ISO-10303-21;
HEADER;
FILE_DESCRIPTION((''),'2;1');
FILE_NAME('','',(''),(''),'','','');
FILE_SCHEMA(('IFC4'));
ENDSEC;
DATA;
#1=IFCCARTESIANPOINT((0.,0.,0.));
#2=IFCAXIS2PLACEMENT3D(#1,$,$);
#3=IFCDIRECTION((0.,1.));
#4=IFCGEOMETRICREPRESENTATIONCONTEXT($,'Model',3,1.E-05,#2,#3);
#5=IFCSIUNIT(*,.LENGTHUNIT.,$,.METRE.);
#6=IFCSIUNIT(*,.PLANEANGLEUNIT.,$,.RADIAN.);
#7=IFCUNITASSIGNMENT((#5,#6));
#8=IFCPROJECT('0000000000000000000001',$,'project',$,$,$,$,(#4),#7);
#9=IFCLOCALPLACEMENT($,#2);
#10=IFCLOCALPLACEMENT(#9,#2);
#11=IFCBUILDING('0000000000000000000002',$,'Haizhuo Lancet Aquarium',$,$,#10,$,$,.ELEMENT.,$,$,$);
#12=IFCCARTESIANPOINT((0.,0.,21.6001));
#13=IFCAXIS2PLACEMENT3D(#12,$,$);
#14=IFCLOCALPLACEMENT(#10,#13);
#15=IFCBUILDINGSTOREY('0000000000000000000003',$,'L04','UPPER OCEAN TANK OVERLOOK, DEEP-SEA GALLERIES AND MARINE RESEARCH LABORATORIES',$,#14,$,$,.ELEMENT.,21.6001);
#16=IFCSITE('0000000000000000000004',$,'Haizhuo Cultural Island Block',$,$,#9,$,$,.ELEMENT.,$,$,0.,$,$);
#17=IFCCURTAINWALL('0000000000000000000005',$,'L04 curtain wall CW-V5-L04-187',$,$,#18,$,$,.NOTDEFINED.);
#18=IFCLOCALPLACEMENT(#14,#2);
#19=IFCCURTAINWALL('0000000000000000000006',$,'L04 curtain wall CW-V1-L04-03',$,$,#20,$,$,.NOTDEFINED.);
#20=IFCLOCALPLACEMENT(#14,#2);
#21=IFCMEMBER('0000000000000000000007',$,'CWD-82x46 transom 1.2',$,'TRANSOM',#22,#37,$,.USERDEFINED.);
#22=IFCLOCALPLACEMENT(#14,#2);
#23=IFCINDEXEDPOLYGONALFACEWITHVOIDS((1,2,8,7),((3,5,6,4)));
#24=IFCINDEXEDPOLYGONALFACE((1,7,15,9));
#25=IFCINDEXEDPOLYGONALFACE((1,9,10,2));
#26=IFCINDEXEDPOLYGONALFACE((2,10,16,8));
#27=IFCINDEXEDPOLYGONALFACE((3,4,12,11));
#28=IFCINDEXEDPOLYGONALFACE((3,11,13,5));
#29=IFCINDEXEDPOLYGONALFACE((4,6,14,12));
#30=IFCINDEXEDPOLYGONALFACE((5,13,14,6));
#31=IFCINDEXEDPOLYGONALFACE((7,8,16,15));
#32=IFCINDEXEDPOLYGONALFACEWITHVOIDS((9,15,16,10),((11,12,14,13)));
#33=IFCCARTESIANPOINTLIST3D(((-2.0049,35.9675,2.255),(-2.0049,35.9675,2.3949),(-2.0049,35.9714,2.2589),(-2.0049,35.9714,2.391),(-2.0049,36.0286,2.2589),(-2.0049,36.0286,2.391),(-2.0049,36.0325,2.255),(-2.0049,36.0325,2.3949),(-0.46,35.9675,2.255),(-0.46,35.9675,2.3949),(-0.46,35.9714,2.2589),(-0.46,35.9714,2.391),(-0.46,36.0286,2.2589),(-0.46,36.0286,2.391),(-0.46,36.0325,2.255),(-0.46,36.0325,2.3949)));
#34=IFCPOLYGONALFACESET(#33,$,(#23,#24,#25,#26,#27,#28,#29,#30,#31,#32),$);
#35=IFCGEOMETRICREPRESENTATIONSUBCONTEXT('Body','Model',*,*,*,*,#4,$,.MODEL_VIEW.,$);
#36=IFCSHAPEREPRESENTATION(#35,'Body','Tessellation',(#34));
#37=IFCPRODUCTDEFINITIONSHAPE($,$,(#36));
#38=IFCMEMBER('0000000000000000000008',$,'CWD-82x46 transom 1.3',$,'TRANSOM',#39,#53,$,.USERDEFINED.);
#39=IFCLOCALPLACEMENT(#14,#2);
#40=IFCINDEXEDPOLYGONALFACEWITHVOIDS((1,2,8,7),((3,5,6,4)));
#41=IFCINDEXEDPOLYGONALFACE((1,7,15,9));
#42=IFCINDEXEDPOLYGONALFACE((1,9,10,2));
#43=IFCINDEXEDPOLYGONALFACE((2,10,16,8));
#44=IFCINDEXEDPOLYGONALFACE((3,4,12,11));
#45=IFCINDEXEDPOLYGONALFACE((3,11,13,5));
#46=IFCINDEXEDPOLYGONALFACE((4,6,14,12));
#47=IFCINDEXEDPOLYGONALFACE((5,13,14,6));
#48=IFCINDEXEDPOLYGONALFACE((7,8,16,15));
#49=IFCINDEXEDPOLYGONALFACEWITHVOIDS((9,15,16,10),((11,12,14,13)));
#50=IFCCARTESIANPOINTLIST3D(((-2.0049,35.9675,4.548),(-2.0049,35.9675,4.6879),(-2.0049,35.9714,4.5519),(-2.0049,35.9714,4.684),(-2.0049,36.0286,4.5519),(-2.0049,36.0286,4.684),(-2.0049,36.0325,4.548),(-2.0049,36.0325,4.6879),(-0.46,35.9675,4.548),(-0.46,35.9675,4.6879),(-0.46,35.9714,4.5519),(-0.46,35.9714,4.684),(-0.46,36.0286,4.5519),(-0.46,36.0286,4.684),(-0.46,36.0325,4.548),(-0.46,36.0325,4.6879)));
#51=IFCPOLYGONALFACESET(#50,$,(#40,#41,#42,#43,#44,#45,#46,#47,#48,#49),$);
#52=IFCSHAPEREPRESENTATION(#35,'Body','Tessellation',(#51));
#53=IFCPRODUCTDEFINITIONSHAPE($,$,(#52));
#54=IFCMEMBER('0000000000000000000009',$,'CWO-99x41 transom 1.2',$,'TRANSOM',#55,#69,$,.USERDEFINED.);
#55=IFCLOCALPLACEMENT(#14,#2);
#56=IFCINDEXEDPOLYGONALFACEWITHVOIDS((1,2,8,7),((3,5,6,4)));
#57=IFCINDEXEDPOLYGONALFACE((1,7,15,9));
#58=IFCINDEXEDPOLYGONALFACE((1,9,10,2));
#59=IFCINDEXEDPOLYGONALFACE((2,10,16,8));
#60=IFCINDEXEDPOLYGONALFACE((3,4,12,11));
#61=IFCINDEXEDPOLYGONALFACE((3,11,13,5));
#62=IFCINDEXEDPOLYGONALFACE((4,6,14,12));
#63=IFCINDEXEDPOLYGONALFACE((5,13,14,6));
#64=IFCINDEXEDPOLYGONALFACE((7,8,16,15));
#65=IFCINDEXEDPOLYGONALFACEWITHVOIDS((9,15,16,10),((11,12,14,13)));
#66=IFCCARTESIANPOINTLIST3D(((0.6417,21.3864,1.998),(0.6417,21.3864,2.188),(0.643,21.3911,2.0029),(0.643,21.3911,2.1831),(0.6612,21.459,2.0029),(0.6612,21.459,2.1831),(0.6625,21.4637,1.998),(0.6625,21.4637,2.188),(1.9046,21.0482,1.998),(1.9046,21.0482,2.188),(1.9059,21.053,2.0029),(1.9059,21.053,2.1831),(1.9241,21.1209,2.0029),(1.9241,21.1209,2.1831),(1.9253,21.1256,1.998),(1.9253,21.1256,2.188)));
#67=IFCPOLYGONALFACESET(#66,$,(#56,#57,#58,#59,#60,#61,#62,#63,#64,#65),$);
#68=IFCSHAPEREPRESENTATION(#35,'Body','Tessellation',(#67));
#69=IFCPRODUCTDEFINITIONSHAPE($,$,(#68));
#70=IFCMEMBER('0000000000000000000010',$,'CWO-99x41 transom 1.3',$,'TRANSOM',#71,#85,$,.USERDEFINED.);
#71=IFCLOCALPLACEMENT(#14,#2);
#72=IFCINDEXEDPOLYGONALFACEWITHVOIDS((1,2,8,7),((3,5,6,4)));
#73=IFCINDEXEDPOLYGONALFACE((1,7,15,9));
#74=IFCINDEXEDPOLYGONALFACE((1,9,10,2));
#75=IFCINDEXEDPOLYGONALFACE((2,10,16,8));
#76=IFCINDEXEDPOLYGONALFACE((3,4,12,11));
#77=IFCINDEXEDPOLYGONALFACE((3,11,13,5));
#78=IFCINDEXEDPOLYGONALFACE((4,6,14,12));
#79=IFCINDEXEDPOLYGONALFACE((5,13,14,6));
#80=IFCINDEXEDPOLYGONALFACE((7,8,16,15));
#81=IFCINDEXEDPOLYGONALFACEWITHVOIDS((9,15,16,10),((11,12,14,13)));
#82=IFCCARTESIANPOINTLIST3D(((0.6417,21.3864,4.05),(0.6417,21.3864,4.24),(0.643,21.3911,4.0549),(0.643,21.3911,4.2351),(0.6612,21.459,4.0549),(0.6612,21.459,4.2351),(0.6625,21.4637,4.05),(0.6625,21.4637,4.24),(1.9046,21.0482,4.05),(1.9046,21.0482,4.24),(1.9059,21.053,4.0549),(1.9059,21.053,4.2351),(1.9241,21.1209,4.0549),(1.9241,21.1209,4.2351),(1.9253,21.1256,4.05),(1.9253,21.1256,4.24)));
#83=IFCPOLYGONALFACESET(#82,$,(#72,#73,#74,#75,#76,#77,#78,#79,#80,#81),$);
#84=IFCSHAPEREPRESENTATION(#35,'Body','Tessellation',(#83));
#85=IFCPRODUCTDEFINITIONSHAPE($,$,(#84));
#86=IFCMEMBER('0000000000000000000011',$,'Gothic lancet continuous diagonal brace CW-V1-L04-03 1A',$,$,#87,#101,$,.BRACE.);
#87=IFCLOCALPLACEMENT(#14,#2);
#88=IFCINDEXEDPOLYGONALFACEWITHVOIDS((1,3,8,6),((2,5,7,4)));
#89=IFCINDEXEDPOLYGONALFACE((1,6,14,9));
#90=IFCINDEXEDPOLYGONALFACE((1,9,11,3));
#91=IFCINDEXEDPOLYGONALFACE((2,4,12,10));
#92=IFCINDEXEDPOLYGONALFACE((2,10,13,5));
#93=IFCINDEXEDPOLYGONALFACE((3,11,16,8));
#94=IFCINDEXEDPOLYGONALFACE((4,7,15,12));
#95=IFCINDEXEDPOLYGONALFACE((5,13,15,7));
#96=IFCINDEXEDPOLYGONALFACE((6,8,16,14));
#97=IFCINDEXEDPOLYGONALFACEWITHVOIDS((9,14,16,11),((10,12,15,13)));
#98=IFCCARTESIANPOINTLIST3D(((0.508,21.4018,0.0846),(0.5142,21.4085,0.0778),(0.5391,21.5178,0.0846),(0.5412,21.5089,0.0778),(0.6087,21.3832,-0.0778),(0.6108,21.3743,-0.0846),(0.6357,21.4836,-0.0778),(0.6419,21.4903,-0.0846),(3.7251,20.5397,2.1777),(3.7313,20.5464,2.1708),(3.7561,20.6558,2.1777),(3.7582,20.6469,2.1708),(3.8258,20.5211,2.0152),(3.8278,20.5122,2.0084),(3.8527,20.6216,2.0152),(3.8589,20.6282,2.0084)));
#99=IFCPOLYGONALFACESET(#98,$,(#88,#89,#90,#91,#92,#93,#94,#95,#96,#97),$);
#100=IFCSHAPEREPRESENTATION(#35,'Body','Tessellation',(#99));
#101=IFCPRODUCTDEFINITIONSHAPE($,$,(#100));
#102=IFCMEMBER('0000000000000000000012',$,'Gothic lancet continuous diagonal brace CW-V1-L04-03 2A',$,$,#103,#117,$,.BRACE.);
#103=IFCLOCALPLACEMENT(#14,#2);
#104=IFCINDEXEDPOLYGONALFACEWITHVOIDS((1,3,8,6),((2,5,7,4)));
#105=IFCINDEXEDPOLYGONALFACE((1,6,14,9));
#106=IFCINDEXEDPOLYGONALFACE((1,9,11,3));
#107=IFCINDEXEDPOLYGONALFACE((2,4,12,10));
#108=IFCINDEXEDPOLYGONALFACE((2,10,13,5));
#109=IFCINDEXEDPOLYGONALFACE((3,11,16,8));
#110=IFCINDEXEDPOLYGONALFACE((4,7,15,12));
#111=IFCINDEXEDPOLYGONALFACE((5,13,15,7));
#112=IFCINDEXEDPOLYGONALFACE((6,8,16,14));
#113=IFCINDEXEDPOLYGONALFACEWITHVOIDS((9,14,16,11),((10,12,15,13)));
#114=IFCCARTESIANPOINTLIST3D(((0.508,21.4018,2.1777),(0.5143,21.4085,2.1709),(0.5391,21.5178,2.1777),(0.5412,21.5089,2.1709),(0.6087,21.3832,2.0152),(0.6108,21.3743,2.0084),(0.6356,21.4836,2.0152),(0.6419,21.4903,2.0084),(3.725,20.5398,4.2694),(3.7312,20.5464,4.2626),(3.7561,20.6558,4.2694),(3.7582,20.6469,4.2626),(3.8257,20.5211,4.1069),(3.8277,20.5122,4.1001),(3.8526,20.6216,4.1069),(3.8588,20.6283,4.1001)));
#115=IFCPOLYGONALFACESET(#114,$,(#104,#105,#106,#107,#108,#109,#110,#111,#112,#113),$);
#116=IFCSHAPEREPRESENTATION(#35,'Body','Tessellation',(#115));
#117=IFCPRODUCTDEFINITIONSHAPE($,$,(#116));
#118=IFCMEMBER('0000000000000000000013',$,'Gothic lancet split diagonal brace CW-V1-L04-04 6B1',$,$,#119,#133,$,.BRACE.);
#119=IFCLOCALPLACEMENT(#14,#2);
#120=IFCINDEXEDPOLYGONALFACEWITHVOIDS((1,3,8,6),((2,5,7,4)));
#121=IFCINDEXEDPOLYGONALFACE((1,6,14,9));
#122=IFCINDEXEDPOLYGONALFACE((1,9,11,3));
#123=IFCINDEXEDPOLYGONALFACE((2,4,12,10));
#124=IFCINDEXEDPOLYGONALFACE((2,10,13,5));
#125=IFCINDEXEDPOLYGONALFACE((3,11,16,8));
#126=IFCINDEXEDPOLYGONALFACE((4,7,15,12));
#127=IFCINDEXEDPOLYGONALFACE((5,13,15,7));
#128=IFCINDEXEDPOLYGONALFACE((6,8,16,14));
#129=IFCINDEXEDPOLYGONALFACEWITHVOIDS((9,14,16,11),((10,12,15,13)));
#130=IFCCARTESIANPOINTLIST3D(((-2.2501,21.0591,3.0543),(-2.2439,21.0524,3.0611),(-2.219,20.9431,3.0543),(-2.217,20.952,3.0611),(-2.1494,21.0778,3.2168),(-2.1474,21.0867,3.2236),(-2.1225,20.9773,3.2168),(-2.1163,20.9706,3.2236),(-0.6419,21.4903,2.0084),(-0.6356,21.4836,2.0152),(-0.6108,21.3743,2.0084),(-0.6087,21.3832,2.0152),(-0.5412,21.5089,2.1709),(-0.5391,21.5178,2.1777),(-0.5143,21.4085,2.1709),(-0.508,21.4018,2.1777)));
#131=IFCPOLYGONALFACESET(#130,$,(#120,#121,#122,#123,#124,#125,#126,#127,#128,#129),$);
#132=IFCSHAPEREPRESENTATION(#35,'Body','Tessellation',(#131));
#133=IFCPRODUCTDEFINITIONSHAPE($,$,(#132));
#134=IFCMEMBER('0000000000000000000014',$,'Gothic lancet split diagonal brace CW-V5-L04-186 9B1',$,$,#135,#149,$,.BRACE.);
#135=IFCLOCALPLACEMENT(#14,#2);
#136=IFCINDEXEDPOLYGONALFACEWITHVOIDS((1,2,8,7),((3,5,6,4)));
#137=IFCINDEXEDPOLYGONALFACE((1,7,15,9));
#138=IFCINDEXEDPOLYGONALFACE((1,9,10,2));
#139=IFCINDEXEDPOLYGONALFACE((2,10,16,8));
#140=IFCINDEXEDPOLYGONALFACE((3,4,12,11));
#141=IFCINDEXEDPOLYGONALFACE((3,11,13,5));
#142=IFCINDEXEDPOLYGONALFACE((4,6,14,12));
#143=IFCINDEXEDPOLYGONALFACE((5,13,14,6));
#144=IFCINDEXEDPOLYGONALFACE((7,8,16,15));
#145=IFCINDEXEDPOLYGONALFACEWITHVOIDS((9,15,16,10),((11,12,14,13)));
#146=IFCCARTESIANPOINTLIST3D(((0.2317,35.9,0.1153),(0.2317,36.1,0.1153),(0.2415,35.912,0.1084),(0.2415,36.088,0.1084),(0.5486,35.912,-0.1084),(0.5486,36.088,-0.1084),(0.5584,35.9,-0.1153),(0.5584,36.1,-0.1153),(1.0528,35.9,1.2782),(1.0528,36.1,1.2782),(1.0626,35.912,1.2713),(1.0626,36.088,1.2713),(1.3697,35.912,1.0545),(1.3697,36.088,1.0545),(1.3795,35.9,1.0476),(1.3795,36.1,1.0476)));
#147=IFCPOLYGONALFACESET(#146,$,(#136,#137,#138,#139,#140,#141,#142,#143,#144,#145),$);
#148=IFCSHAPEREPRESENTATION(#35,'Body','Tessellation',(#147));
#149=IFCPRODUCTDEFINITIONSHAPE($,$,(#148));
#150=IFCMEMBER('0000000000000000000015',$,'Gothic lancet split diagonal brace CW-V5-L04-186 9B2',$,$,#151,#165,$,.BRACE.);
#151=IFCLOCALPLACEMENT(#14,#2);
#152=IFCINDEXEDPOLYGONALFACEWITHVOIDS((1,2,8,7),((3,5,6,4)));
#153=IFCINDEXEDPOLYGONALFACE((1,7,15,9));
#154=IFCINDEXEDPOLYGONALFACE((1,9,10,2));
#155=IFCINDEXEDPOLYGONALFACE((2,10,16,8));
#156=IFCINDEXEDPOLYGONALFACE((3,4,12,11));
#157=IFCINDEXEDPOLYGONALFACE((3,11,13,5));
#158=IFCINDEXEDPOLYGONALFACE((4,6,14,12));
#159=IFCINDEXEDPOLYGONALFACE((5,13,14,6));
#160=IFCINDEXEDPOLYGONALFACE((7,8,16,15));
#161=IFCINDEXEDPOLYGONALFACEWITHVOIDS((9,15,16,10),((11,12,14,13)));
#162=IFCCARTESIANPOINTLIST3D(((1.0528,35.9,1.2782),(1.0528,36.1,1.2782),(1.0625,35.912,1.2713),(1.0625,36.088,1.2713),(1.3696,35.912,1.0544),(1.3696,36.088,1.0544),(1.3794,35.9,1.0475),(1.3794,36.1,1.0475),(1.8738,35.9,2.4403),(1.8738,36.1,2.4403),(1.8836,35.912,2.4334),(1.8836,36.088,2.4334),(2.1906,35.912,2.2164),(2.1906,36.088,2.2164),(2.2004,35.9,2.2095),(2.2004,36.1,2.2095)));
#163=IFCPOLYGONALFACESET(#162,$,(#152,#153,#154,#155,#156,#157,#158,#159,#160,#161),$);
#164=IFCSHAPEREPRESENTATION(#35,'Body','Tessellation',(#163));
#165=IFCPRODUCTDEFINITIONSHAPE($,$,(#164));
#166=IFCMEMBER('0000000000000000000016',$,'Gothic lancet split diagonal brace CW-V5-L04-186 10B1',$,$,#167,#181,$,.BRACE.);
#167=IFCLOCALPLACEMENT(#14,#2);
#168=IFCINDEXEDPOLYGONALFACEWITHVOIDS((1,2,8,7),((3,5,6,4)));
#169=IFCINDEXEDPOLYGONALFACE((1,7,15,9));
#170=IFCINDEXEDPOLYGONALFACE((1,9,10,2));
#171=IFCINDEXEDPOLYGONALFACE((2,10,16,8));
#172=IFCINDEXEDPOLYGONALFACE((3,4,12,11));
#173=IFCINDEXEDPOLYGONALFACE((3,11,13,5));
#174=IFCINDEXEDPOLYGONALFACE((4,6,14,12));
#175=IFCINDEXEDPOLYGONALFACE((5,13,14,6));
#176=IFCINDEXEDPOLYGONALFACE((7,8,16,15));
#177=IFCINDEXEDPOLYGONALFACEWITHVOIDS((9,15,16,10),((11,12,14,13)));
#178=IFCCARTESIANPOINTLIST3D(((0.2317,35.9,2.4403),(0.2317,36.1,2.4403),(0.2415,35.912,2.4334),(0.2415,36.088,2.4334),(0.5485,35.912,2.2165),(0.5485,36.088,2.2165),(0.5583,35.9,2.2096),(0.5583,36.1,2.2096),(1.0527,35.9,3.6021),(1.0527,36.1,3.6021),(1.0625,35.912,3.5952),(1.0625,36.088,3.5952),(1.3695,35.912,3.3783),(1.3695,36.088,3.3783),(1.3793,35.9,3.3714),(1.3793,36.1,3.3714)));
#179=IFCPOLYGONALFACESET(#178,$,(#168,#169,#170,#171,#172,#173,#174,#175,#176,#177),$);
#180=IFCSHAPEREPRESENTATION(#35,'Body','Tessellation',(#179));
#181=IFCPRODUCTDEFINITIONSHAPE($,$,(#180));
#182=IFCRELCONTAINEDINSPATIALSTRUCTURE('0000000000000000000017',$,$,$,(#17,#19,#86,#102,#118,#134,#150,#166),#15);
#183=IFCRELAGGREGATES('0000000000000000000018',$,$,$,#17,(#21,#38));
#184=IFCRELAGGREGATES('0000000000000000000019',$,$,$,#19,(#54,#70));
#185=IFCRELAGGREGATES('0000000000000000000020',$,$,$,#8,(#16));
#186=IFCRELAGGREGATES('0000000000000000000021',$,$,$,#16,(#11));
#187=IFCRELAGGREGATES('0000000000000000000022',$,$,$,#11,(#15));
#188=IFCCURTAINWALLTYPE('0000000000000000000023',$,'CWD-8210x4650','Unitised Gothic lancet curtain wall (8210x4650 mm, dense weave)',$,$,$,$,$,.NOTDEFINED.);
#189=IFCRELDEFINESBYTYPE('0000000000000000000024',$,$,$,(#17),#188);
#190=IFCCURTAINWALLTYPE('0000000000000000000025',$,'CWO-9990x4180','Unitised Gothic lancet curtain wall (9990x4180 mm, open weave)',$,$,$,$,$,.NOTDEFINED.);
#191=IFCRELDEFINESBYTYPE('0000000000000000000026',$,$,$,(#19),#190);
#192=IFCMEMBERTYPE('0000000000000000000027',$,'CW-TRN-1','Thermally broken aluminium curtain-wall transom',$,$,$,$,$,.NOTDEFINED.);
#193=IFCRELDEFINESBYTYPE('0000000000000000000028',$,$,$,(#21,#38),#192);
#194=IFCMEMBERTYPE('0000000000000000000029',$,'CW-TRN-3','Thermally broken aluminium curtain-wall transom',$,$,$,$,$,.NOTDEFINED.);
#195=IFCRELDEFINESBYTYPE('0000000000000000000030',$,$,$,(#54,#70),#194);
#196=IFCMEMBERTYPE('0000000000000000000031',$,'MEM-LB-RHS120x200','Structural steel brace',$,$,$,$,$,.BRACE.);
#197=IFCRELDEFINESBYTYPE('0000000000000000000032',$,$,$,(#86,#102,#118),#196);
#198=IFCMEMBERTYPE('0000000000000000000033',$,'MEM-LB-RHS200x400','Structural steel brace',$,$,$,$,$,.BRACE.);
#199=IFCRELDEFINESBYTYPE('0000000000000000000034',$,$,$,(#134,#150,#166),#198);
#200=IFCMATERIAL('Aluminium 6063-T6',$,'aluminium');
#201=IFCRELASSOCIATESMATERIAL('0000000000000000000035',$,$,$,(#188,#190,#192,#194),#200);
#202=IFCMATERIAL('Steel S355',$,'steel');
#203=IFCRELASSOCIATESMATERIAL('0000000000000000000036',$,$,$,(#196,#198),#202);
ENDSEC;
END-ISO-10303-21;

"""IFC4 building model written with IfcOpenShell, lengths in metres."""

from ifc_helpers import new_model, si_unit, direction, frame, origin, origin_2d, place, context, subcontext, project, spatial, hollow_rectangle, extrude, material, material_profile, profile_set, type_object, element, aggregate, save


model = new_model("IFC4")

# Units and contexts
model_context = context("Model", 3, precision=1e-05, world=origin(), true_north=direction((0.0, 1.0)))
body_context = subcontext(model_context, "Body", "Model", "MODEL_VIEW")
ifc_project = project(units=[si_unit("LENGTHUNIT", "METRE"), si_unit("PLANEANGLEUNIT", "RADIAN")], contexts=[model_context])

# Site, building, storey
site_placement = place(None, origin())
site = spatial("IfcSite", under=ifc_project, at=site_placement, Name="Haizhuo Cultural Island Block", CompositionType="ELEMENT", RefElevation=0.0)
building_placement = place(site_placement, origin())
building = spatial("IfcBuilding", under=site, at=building_placement, Name="Haizhuo Lancet Aquarium", CompositionType="ELEMENT")
storey_placement = place(building_placement, frame((0.0, 0.0, 21.6001)))
storey = spatial("IfcBuildingStorey", under=building, at=storey_placement, Name="L04", Description="UPPER OCEAN TANK OVERLOOK, DEEP-SEA GALLERIES AND MARINE RESEARCH LABORATORIES", CompositionType="ELEMENT", Elevation=21.6001)

# Curtain walls
ifc_material_1 = material(Name="Aluminium 6063-T6", Category="aluminium")
curtain_wall_type_1 = type_object("IfcCurtainWallType", Name="CWD-8210x4650", Description="Unitised Gothic lancet curtain wall (8210x4650 mm, dense weave)", PredefinedType="NOTDEFINED", material=ifc_material_1)
curtain_wall_1_placement = place(storey_placement, origin())
curtain_wall_1 = element("IfcCurtainWall", 1, at=curtain_wall_1_placement, inside=storey, type_object=curtain_wall_type_1, Name="L04 curtain wall CW-V5-L04-187", PredefinedType="NOTDEFINED")
curtain_wall_type_2 = type_object("IfcCurtainWallType", Name="CWO-9990x4180", Description="Unitised Gothic lancet curtain wall (9990x4180 mm, open weave)", PredefinedType="NOTDEFINED", material=ifc_material_1)
curtain_wall_2_placement = place(storey_placement, origin())
curtain_wall_2 = element("IfcCurtainWall", 2, at=curtain_wall_2_placement, inside=storey, type_object=curtain_wall_type_2, Name="L04 curtain wall CW-V1-L04-03", PredefinedType="NOTDEFINED")

# Members
ifc_material_profile_1 = material_profile(ifc_material_1, hollow_rectangle(XDim=0.0649, YDim=0.1399, WallThickness=0.0039, at=origin_2d()), Name="ALU-T 65x140x4")
ifc_profile_set_1 = profile_set([ifc_material_profile_1], Name="Aluminium 6063-T6")
member_type_1 = type_object("IfcMemberType", Name="CW-TRN-1", Description="Thermally broken aluminium curtain-wall transom", PredefinedType="NOTDEFINED", material=ifc_profile_set_1)
member_1_placement = place(storey_placement, frame((-0.46, 36.0, 2.325), z_axis=(-1.0, 0.0, 0.0), x_axis=(0.0, -1.0, 0.0)))
member_1 = element("IfcMember", 3, at=member_1_placement, type_object=member_type_1, Name="CWD-82x46 transom 1.2", ObjectType="TRANSOM", PredefinedType="USERDEFINED", context=body_context, shape_type="SweptSolid", body=[
    extrude(hollow_rectangle(XDim=0.0649, YDim=0.1399, WallThickness=0.0039, at=origin_2d()), origin(), (0.0, 0.0, 1.0), 1.5449),
])
member_2_placement = place(storey_placement, frame((-0.46, 36.0, 4.6179), z_axis=(-1.0, 0.0, 0.0), x_axis=(0.0, -1.0, 0.0)))
member_2 = element("IfcMember", 4, at=member_2_placement, type_object=member_type_1, Name="CWD-82x46 transom 1.3", ObjectType="TRANSOM", PredefinedType="USERDEFINED", context=body_context, shape_type="SweptSolid", body=[
    extrude(hollow_rectangle(XDim=0.0649, YDim=0.1399, WallThickness=0.0039, at=origin_2d()), origin(), (0.0, 0.0, 1.0), 1.5449),
])
aggregate(curtain_wall_1, [member_1, member_2])
ifc_material_profile_2 = material_profile(ifc_material_1, hollow_rectangle(XDim=0.0801, YDim=0.1899, WallThickness=0.0049, at=origin_2d()), Name="ALU-T 80x190x5")
ifc_profile_set_2 = profile_set([ifc_material_profile_2], Name="Aluminium 6063-T6")
member_type_2 = type_object("IfcMemberType", Name="CW-TRN-3", Description="Thermally broken aluminium curtain-wall transom", PredefinedType="NOTDEFINED", material=ifc_profile_set_2)
member_3_placement = place(storey_placement, frame((0.6521, 21.425, 2.093), z_axis=(0.965977, -0.258627, 0.0), x_axis=(0.258627, 0.965977, 0.0)))
member_3 = element("IfcMember", 5, at=member_3_placement, type_object=member_type_2, Name="CWO-99x41 transom 1.2", ObjectType="TRANSOM", PredefinedType="USERDEFINED", context=body_context, shape_type="SweptSolid", body=[
    extrude(hollow_rectangle(XDim=0.0801, YDim=0.1899, WallThickness=0.0049, at=origin_2d()), origin(), (0.0, 0.0, 1.0), 1.3074),
])
member_4_placement = place(storey_placement, frame((0.6521, 21.425, 4.145), z_axis=(0.965977, -0.258627, 0.0), x_axis=(0.258627, 0.965977, 0.0)))
member_4 = element("IfcMember", 6, at=member_4_placement, type_object=member_type_2, Name="CWO-99x41 transom 1.3", ObjectType="TRANSOM", PredefinedType="USERDEFINED", context=body_context, shape_type="SweptSolid", body=[
    extrude(hollow_rectangle(XDim=0.0801, YDim=0.1899, WallThickness=0.0049, at=origin_2d()), origin(), (0.0, 0.0, 1.0), 1.3074),
])
aggregate(curtain_wall_2, [member_3, member_4])

# Members
ifc_material_2 = material(Name="Steel S355", Category="steel")
ifc_material_profile_3 = material_profile(ifc_material_2, hollow_rectangle(XDim=0.1201, YDim=0.2, WallThickness=0.0081, at=origin_2d()), Name="RHS 120x200x8")
ifc_profile_set_3 = profile_set([ifc_material_profile_3], Name="Steel S355")
member_type_3 = type_object("IfcMemberType", Name="MEM-LB-RHS120x200", Description="Structural steel brace", PredefinedType="BRACE", material=ifc_profile_set_3)
member_5_placement = place(storey_placement, frame((0.575, 21.446, 0.0), z_axis=(0.817836, -0.219153, 0.532087), x_axis=(0.258835, 0.965922, 0.0)))
element("IfcMember", 7, at=member_5_placement, inside=storey, type_object=member_type_3, Name="Gothic lancet continuous diagonal brace CW-V1-L04-03 1A", PredefinedType="BRACE", context=body_context, shape_type="SweptSolid", body=[
    extrude(hollow_rectangle(XDim=0.1201, YDim=0.2, WallThickness=0.0081, at=origin_2d()), origin(), (0.0, 0.0, 1.0), 3.9336),
])
member_6_placement = place(storey_placement, frame((0.575, 21.446, 2.093), z_axis=(0.817971, -0.219189, 0.531864), x_axis=(0.258835, 0.965922, 0.0)))
element("IfcMember", 8, at=member_6_placement, inside=storey, type_object=member_type_3, Name="Gothic lancet continuous diagonal brace CW-V1-L04-03 2A", PredefinedType="BRACE", context=body_context, shape_type="SweptSolid", body=[
    extrude(hollow_rectangle(XDim=0.1201, YDim=0.2, WallThickness=0.0081, at=origin_2d()), origin(), (0.0, 0.0, 1.0), 3.9329),
])
member_7_placement = place(storey_placement, frame((-0.575, 21.446, 2.093), z_axis=(-0.817898, -0.219282, 0.531938), x_axis=(0.258958, -0.965888, 0.0)))
element("IfcMember", 9, at=member_7_placement, inside=storey, type_object=member_type_3, Name="Gothic lancet split diagonal brace CW-V1-L04-04 6B1", PredefinedType="BRACE", context=body_context, shape_type="SweptSolid", body=[
    extrude(hollow_rectangle(XDim=0.1201, YDim=0.2, WallThickness=0.0081, at=origin_2d()), origin(), (0.0, 0.0, 1.0), 1.9663),
])
ifc_material_profile_4 = material_profile(ifc_material_2, hollow_rectangle(XDim=0.2, YDim=0.3999, WallThickness=0.012, at=origin_2d()), Name="RHS 200x400x12")
ifc_profile_set_4 = profile_set([ifc_material_profile_4], Name="Steel S355")
member_type_4 = type_object("IfcMemberType", Name="MEM-LB-RHS200x400", Description="Structural steel brace", PredefinedType="BRACE", material=ifc_profile_set_4)
member_8_placement = place(storey_placement, frame((0.395, 36.0, 0.0), z_axis=(0.576784, 0.0, 0.816897), x_axis=(0.0, 1.0, 0.0)))
element("IfcMember", 10, at=member_8_placement, inside=storey, type_object=member_type_4, Name="Gothic lancet split diagonal brace CW-V5-L04-186 9B1", PredefinedType="BRACE", context=body_context, shape_type="SweptSolid", body=[
    extrude(hollow_rectangle(XDim=0.2, YDim=0.3999, WallThickness=0.012, at=origin_2d()), origin(), (0.0, 0.0, 1.0), 1.4236),
])
member_9_placement = place(storey_placement, frame((1.2161, 36.0, 1.1628), z_axis=(0.577027, 0.0, 0.816725), x_axis=(0.0, 1.0, 0.0)))
element("IfcMember", 11, at=member_9_placement, inside=storey, type_object=member_type_4, Name="Gothic lancet split diagonal brace CW-V5-L04-186 9B2", PredefinedType="BRACE", context=body_context, shape_type="SweptSolid", body=[
    extrude(hollow_rectangle(XDim=0.2, YDim=0.3999, WallThickness=0.012, at=origin_2d()), origin(), (0.0, 0.0, 1.0), 1.4229),
])
member_10_placement = place(storey_placement, frame((0.395, 36.0, 2.325), z_axis=(0.577108, 0.0, 0.816668), x_axis=(0.0, 1.0, 0.0)))
element("IfcMember", 12, at=member_10_placement, inside=storey, type_object=member_type_4, Name="Gothic lancet split diagonal brace CW-V5-L04-186 10B1", PredefinedType="BRACE", context=body_context, shape_type="SweptSolid", body=[
    extrude(hollow_rectangle(XDim=0.2, YDim=0.3999, WallThickness=0.012, at=origin_2d()), origin(), (0.0, 0.0, 1.0), 1.4226),
])

save(model, "model.ifc")
